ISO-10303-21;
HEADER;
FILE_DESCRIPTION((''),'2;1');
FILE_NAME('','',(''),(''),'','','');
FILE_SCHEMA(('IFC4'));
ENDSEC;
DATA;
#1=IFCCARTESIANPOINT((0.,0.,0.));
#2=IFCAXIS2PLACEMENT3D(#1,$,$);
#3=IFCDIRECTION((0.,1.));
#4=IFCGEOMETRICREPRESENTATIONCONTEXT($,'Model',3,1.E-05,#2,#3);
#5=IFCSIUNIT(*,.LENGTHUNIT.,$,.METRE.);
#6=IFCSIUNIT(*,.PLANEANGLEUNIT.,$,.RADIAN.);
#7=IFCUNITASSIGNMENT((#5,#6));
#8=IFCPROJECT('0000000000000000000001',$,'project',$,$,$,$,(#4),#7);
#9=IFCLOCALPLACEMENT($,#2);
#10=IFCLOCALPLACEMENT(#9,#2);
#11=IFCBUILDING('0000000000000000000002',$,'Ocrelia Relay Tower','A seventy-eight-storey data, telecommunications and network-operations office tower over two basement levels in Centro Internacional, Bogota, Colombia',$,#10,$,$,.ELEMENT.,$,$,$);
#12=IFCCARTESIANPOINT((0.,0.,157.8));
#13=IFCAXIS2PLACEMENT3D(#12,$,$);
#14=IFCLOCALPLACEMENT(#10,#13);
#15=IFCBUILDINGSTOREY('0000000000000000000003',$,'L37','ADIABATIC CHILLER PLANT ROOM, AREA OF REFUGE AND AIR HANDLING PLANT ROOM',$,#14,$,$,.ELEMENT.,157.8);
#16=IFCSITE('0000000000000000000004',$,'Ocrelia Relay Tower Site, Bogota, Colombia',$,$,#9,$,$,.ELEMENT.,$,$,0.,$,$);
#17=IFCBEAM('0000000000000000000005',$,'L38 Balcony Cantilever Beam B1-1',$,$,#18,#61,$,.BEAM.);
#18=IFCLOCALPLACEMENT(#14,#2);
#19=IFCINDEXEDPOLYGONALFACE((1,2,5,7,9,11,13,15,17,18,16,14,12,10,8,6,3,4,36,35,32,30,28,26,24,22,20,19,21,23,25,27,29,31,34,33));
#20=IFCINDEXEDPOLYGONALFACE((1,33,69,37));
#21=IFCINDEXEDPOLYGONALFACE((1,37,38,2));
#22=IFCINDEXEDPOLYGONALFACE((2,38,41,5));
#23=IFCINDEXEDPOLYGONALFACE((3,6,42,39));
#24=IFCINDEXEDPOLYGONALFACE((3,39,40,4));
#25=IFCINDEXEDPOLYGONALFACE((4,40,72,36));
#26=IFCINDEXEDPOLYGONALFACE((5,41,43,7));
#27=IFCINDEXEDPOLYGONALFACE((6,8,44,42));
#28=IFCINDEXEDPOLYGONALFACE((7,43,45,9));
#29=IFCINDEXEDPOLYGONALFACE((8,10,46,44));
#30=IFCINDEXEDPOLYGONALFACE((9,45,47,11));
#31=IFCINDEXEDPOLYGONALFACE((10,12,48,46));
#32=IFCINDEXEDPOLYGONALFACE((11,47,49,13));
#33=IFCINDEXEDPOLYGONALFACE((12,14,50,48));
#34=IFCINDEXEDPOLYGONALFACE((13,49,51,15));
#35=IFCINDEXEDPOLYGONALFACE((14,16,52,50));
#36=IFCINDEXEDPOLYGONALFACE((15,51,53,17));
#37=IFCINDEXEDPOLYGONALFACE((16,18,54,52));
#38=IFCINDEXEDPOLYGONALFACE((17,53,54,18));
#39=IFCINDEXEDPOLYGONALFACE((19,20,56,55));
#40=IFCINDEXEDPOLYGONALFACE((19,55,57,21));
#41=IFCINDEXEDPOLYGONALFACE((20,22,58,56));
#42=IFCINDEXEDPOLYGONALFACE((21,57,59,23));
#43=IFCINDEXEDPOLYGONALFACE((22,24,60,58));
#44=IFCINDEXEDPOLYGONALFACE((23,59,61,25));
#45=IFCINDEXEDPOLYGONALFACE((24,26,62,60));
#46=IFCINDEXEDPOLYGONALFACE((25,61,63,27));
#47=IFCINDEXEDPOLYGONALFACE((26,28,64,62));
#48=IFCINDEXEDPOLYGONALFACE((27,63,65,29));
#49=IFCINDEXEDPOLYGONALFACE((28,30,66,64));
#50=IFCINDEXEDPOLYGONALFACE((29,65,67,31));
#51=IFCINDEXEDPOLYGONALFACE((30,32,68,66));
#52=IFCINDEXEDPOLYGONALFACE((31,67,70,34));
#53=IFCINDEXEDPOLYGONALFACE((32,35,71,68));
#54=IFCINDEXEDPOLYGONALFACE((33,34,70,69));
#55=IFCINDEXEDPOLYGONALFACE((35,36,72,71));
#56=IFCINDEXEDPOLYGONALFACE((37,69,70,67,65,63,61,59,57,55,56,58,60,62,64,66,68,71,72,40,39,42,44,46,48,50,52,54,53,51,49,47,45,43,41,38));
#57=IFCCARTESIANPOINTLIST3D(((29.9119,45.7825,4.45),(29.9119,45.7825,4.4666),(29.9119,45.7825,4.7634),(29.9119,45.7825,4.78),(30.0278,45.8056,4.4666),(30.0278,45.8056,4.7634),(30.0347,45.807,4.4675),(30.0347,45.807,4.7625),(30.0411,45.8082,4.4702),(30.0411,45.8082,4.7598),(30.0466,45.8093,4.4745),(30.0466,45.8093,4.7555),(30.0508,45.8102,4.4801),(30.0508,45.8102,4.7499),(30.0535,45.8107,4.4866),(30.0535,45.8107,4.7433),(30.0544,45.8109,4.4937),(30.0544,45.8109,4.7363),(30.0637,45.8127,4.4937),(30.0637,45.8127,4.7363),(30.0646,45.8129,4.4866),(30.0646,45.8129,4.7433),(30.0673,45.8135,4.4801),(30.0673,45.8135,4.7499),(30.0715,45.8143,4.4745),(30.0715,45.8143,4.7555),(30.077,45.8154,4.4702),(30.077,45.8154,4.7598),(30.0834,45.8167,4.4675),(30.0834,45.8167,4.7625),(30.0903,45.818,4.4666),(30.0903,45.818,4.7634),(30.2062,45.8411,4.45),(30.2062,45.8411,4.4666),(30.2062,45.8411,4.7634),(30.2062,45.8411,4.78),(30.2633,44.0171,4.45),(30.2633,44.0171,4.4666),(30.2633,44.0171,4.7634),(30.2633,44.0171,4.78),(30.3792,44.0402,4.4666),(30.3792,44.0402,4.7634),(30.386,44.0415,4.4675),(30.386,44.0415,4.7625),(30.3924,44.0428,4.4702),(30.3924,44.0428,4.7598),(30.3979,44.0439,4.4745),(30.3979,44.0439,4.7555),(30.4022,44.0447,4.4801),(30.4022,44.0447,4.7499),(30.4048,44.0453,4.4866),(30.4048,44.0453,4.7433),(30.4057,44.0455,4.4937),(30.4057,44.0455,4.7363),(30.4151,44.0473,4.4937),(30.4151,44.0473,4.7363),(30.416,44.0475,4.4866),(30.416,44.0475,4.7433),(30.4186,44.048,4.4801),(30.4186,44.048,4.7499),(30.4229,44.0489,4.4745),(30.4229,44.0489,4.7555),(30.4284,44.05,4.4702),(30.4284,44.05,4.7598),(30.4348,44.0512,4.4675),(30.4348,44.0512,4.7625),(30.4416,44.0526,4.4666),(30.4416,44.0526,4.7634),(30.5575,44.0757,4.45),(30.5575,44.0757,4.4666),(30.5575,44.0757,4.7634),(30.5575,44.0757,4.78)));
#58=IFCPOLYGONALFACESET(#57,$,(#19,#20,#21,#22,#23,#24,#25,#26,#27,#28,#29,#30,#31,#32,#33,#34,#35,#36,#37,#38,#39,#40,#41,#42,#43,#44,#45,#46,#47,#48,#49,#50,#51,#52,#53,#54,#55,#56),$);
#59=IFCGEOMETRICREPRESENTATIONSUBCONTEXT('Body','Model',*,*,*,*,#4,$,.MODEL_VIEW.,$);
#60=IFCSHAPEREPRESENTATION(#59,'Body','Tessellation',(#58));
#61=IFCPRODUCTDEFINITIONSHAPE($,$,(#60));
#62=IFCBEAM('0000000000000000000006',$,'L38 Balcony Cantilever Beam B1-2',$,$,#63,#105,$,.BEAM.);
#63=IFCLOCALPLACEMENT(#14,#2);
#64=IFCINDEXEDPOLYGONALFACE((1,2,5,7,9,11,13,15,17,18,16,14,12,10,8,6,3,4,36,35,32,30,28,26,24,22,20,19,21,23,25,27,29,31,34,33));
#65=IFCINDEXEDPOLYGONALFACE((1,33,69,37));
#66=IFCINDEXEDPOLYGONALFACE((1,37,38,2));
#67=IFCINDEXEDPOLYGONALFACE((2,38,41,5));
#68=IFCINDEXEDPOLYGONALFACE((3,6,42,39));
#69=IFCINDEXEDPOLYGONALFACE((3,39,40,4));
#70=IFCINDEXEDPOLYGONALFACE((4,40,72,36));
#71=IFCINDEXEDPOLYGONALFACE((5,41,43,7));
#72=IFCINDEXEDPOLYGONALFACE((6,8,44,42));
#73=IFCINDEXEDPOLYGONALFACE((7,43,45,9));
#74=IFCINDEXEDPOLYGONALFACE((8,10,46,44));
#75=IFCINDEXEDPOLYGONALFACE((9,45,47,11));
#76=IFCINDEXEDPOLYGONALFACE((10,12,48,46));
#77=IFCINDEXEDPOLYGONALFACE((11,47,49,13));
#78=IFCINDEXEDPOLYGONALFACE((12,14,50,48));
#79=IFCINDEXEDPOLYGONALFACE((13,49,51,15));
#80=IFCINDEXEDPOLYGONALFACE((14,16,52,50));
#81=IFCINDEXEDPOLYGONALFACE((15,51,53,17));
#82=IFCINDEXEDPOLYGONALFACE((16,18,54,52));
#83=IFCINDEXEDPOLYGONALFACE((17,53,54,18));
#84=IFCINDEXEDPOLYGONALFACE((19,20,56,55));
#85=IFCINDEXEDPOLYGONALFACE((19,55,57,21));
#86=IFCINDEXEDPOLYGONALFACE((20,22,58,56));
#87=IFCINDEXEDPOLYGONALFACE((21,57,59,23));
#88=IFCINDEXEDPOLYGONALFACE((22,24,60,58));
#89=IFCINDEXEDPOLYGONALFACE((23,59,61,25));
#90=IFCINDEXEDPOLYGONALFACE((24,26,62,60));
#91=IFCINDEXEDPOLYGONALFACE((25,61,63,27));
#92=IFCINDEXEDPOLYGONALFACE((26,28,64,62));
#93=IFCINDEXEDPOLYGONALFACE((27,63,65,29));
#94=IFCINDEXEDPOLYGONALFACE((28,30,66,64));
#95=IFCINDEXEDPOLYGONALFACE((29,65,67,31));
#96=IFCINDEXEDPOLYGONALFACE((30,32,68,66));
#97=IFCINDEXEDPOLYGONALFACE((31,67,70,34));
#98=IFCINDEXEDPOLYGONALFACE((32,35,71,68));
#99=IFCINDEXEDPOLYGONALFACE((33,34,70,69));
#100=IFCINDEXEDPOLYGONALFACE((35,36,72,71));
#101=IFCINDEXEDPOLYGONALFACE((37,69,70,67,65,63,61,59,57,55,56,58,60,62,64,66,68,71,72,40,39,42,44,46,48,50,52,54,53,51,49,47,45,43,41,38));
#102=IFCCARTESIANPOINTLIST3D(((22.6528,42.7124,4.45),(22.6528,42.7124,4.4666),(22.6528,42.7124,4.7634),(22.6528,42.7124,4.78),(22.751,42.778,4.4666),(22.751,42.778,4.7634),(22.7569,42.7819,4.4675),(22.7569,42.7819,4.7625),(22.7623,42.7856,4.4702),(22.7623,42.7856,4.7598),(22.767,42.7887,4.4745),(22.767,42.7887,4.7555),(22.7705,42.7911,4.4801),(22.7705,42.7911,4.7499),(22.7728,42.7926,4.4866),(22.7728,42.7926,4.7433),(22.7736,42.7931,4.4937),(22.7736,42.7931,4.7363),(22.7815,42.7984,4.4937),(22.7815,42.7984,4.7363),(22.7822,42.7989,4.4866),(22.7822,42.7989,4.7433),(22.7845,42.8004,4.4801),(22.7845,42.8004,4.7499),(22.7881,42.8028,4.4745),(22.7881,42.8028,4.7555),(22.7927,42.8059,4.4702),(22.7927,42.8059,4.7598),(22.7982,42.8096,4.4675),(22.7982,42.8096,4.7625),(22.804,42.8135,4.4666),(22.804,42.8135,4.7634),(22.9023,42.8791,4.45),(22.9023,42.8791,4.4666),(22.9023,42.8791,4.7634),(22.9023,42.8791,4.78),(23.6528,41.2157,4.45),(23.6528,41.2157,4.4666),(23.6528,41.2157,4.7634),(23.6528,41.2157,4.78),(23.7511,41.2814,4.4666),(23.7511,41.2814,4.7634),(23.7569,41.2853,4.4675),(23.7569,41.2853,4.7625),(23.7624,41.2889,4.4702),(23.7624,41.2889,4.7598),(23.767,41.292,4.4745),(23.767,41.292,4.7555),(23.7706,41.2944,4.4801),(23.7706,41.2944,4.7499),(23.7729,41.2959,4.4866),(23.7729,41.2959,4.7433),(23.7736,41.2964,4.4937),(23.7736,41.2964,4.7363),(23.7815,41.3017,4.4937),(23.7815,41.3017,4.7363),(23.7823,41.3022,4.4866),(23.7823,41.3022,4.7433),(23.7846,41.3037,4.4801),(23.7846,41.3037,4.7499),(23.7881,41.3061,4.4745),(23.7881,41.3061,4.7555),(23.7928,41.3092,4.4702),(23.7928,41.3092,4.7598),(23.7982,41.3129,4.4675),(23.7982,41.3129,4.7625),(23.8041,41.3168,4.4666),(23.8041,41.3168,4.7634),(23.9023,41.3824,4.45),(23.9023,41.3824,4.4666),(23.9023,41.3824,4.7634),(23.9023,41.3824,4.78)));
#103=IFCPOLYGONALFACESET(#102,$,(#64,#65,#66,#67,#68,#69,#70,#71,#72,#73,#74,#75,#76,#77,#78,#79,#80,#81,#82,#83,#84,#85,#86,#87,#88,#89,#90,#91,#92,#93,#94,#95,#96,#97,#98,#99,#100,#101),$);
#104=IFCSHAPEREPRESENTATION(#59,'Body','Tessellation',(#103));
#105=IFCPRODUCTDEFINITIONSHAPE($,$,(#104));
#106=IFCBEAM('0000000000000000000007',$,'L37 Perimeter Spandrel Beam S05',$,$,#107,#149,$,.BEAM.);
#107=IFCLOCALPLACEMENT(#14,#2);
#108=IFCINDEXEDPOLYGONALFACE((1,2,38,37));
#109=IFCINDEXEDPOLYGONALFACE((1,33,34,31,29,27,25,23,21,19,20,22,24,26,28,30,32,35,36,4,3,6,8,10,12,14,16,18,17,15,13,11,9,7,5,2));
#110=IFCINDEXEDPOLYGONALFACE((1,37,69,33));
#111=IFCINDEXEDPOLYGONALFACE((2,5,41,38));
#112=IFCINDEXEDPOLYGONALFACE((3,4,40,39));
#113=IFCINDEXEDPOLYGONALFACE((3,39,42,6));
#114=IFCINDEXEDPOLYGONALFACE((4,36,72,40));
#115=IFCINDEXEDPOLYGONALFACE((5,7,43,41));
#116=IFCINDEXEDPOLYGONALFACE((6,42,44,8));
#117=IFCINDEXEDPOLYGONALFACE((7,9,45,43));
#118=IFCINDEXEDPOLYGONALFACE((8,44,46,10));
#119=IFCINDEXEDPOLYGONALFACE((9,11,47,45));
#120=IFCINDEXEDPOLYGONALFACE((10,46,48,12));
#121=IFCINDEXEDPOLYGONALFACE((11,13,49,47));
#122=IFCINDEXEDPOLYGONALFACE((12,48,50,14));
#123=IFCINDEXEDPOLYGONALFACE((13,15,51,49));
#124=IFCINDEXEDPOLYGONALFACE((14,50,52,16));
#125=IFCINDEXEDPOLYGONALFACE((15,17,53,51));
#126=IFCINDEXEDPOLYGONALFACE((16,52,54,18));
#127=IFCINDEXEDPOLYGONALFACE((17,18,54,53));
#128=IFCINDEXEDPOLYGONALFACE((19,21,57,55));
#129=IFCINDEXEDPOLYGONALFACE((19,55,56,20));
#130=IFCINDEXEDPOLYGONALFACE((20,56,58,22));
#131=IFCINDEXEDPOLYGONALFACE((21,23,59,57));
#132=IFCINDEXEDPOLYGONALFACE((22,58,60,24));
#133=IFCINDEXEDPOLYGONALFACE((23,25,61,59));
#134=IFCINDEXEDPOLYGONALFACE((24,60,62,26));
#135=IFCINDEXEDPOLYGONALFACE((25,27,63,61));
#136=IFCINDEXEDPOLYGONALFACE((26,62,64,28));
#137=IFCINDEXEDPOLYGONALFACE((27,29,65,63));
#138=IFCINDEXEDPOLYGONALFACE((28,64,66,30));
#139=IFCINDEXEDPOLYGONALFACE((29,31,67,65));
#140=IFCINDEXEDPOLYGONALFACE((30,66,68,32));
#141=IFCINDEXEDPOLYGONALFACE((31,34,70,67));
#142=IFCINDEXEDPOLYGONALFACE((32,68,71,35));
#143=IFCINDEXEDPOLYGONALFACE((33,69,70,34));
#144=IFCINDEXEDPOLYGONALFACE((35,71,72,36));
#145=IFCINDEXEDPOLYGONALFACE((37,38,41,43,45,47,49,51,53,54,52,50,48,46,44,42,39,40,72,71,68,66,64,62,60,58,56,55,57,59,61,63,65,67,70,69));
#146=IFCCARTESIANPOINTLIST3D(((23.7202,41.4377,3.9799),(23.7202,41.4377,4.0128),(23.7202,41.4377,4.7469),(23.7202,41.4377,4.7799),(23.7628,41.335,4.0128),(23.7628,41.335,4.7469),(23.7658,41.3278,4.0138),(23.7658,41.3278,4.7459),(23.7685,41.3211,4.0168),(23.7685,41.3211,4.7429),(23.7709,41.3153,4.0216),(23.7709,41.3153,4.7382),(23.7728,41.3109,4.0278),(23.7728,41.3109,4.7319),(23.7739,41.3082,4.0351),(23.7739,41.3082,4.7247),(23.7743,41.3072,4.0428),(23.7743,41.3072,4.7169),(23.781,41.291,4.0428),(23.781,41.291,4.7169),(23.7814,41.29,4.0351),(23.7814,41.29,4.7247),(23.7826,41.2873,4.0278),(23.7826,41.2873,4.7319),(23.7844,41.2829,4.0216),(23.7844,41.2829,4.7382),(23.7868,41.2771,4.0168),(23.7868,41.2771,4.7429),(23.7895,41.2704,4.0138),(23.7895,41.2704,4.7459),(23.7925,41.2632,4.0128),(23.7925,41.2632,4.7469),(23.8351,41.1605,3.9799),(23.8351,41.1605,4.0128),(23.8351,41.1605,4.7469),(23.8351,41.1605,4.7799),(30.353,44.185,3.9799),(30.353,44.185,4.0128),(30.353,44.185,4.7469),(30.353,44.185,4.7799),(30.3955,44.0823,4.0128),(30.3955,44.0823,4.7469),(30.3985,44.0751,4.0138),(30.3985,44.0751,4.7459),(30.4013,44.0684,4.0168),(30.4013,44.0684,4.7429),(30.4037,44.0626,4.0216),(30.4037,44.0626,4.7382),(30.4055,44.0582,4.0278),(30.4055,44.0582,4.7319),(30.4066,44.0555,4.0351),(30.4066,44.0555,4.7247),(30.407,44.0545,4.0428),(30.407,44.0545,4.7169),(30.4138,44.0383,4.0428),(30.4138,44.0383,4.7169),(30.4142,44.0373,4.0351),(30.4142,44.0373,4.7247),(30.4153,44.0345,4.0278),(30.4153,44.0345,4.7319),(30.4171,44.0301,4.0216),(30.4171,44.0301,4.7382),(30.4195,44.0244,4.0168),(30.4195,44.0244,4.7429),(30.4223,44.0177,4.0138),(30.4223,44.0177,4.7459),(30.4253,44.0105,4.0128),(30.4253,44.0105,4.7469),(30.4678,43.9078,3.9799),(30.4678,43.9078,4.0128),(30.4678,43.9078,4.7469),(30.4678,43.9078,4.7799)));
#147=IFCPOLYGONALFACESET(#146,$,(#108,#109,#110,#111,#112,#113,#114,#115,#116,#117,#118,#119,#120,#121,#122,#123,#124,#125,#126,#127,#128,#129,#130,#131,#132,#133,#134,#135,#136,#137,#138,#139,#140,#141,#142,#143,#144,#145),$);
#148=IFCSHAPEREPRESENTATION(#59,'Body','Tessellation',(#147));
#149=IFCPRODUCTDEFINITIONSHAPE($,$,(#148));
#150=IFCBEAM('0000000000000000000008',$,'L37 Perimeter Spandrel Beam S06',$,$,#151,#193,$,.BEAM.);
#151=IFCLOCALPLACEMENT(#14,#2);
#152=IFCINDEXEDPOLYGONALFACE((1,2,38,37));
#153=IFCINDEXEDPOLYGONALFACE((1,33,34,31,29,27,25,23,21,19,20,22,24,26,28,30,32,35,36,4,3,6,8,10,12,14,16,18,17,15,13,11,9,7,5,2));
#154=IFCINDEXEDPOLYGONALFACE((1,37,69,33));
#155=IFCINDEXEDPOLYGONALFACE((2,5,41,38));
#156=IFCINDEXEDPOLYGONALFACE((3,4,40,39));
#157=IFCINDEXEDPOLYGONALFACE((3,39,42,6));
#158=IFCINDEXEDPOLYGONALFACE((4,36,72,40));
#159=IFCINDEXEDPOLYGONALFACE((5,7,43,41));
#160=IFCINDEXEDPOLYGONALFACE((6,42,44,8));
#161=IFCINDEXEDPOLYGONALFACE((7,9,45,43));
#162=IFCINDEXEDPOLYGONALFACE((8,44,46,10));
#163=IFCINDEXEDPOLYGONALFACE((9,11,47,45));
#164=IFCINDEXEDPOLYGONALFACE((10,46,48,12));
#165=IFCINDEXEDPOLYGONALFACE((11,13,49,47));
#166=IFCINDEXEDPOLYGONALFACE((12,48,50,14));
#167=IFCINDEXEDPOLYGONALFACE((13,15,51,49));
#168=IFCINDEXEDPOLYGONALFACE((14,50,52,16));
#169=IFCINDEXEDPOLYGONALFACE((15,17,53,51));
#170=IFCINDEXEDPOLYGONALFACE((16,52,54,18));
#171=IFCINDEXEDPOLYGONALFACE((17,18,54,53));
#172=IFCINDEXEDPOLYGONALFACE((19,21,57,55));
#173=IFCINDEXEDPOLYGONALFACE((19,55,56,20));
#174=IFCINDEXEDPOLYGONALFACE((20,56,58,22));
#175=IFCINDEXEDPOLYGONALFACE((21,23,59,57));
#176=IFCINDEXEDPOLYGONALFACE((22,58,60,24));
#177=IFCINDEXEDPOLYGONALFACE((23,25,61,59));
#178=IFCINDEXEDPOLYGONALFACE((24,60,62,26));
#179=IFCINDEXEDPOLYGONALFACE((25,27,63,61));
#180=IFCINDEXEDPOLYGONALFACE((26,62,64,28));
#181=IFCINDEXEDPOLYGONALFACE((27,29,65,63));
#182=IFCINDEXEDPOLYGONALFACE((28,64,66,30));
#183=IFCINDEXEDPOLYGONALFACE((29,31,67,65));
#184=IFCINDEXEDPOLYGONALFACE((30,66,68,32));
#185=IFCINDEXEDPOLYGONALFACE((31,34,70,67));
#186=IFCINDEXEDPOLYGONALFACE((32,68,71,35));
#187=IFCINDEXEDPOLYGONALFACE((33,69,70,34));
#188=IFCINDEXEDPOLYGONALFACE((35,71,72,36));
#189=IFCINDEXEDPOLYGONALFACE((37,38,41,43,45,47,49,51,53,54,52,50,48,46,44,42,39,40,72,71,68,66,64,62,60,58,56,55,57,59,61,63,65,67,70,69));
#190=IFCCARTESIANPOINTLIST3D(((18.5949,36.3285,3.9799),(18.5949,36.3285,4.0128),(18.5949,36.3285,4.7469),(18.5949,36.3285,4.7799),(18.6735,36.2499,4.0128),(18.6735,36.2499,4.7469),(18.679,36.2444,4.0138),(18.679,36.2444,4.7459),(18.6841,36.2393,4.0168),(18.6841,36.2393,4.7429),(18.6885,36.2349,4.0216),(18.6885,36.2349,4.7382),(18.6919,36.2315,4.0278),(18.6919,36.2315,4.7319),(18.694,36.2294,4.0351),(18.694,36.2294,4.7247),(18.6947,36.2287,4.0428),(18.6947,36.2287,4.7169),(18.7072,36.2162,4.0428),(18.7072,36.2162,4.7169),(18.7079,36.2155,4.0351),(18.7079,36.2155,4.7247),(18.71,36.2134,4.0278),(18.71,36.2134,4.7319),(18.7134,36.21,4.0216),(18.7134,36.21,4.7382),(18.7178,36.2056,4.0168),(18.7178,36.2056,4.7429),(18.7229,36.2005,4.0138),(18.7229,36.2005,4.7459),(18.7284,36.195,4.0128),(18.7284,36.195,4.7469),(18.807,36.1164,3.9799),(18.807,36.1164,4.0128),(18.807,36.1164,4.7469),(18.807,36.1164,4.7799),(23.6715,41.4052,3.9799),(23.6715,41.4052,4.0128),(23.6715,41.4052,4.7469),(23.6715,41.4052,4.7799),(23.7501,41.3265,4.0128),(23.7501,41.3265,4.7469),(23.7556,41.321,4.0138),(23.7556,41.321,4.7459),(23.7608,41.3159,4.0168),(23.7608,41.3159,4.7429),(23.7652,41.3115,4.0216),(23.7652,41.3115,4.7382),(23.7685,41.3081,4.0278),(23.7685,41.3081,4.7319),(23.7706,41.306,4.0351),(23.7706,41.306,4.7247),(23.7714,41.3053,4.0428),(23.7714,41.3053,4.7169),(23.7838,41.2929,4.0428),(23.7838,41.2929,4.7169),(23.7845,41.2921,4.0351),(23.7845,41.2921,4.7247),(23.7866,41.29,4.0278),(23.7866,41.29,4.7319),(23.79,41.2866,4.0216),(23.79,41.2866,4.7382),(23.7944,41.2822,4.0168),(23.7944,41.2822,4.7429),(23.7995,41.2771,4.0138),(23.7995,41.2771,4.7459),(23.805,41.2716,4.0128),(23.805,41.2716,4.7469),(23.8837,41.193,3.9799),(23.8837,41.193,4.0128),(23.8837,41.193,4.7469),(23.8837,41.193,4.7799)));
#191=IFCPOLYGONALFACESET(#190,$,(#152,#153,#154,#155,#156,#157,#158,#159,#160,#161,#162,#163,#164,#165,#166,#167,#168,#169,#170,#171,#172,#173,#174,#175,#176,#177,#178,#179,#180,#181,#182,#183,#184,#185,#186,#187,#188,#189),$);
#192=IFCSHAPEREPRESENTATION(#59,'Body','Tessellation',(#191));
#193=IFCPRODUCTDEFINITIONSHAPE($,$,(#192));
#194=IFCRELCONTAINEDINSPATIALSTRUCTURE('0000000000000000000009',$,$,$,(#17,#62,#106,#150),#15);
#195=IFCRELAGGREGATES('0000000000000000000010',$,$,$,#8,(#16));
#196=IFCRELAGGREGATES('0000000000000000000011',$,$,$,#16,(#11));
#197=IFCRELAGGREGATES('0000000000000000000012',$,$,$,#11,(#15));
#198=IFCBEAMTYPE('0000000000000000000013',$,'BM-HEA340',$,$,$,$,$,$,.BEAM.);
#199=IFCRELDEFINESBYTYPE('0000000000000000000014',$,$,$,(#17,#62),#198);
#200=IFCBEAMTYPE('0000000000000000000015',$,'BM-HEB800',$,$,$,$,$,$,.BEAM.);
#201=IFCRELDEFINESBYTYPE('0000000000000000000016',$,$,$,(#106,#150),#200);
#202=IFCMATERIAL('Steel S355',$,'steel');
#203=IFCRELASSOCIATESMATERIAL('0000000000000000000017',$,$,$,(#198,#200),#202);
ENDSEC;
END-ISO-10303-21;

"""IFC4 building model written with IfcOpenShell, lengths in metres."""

from ifc_helpers import new_model, si_unit, direction, frame, origin, origin_2d, place, context, subcontext, project, spatial, i_section, extrude, material, material_profile, profile_set, type_object, element, save


model = new_model("IFC4")

# Units and contexts
model_context = context("Model", 3, precision=1e-05, world=origin(), true_north=direction((0.0, 1.0)))
body_context = subcontext(model_context, "Body", "Model", "MODEL_VIEW")
ifc_project = project(units=[si_unit("LENGTHUNIT", "METRE"), si_unit("PLANEANGLEUNIT", "RADIAN")], contexts=[model_context])

# Site, building, storey
site_placement = place(None, origin())
site = spatial("IfcSite", under=ifc_project, at=site_placement, Name="Ocrelia Relay Tower Site, Bogota, Colombia", CompositionType="ELEMENT", RefElevation=0.0)
building_placement = place(site_placement, origin())
building = spatial("IfcBuilding", under=site, at=building_placement, Name="Ocrelia Relay Tower", Description="A seventy-eight-storey data, telecommunications and network-operations office tower over two basement levels in Centro Internacional, Bogota, Colombia", CompositionType="ELEMENT")
storey_placement = place(building_placement, frame((0.0, 0.0, 157.8)))
storey = spatial("IfcBuildingStorey", under=building, at=storey_placement, Name="L37", Description="ADIABATIC CHILLER PLANT ROOM, AREA OF REFUGE AND AIR HANDLING PLANT ROOM", CompositionType="ELEMENT", Elevation=157.8)

# Beams
ifc_material_1 = material(Name="Steel S355", Category="steel")
ifc_material_profile_1 = material_profile(ifc_material_1, i_section(OverallWidth=0.3, OverallDepth=0.3301, WebThickness=0.0095, FlangeThickness=0.0166, FilletRadius=0.0271, at=origin_2d()), Name="HEA 340")
ifc_profile_set_1 = profile_set([ifc_material_profile_1], Name="Steel S355")
beam_type_1 = type_object("IfcBeamType", Name="BM-HEA340", PredefinedType="BEAM", material=ifc_profile_set_1)
for number, where, z_axis, x_axis, name in (
    (1, (30.4104, 44.0464, 4.615), (-0.195177, 0.980768, 0.0), (-0.980768, -0.195177, 0.0), "L38 Balcony Cantilever Beam B1-1"),
    (2, (23.7776, 41.2991, 4.615), (-0.555576, 0.831466, 0.0), (-0.831466, -0.555576, 0.0), "L38 Balcony Cantilever Beam B1-2"),
):
    element("IfcBeam", number, at=place(storey_placement, frame(where, z_axis=z_axis, x_axis=x_axis)), inside=storey, type_object=beam_type_1, Name=name, PredefinedType="BEAM", context=body_context, shape_type="SweptSolid", body=[
        extrude(i_section(OverallWidth=0.3, OverallDepth=0.3301, WebThickness=0.0095, FlangeThickness=0.0166, FilletRadius=0.0271, at=origin_2d()), origin(), (0.0, 0.0, 1.0), 1.8),
    ])
ifc_material_profile_2 = material_profile(ifc_material_1, i_section(OverallWidth=0.3, OverallDepth=0.8, WebThickness=0.0176, FlangeThickness=0.033, FilletRadius=0.03, at=origin_2d()), Name="HEB 800")
ifc_profile_set_2 = profile_set([ifc_material_profile_2], Name="Steel S355")
beam_type_2 = type_object("IfcBeamType", Name="BM-HEB800", PredefinedType="BEAM", material=ifc_profile_set_2)
beam_1_placement = place(storey_placement, frame((30.4104, 44.0464, 4.3799), z_axis=(-0.923884, -0.382673, 0.0), x_axis=(0.382673, -0.923884, 0.0)))
element("IfcBeam", 3, at=beam_1_placement, inside=storey, type_object=beam_type_2, Name="L37 Perimeter Spandrel Beam S05", PredefinedType="BEAM", context=body_context, shape_type="SweptSolid", body=[
    extrude(i_section(OverallWidth=0.3, OverallDepth=0.8, WebThickness=0.0176, FlangeThickness=0.033, FilletRadius=0.03, at=origin_2d()), origin(), (0.0, 0.0, 1.0), 7.1792),
])
beam_2_placement = place(storey_placement, frame((23.7776, 41.2991, 4.3799), z_axis=(-0.707107, -0.707107, 0.0), x_axis=(0.707107, -0.707107, 0.0)))
element("IfcBeam", 4, at=beam_2_placement, inside=storey, type_object=beam_type_2, Name="L37 Perimeter Spandrel Beam S06", PredefinedType="BEAM", context=body_context, shape_type="SweptSolid", body=[
    extrude(i_section(OverallWidth=0.3, OverallDepth=0.8, WebThickness=0.0176, FlangeThickness=0.033, FilletRadius=0.03, at=origin_2d()), origin(), (0.0, 0.0, 1.0), 7.1794),
])

save(model, "model.ifc")
